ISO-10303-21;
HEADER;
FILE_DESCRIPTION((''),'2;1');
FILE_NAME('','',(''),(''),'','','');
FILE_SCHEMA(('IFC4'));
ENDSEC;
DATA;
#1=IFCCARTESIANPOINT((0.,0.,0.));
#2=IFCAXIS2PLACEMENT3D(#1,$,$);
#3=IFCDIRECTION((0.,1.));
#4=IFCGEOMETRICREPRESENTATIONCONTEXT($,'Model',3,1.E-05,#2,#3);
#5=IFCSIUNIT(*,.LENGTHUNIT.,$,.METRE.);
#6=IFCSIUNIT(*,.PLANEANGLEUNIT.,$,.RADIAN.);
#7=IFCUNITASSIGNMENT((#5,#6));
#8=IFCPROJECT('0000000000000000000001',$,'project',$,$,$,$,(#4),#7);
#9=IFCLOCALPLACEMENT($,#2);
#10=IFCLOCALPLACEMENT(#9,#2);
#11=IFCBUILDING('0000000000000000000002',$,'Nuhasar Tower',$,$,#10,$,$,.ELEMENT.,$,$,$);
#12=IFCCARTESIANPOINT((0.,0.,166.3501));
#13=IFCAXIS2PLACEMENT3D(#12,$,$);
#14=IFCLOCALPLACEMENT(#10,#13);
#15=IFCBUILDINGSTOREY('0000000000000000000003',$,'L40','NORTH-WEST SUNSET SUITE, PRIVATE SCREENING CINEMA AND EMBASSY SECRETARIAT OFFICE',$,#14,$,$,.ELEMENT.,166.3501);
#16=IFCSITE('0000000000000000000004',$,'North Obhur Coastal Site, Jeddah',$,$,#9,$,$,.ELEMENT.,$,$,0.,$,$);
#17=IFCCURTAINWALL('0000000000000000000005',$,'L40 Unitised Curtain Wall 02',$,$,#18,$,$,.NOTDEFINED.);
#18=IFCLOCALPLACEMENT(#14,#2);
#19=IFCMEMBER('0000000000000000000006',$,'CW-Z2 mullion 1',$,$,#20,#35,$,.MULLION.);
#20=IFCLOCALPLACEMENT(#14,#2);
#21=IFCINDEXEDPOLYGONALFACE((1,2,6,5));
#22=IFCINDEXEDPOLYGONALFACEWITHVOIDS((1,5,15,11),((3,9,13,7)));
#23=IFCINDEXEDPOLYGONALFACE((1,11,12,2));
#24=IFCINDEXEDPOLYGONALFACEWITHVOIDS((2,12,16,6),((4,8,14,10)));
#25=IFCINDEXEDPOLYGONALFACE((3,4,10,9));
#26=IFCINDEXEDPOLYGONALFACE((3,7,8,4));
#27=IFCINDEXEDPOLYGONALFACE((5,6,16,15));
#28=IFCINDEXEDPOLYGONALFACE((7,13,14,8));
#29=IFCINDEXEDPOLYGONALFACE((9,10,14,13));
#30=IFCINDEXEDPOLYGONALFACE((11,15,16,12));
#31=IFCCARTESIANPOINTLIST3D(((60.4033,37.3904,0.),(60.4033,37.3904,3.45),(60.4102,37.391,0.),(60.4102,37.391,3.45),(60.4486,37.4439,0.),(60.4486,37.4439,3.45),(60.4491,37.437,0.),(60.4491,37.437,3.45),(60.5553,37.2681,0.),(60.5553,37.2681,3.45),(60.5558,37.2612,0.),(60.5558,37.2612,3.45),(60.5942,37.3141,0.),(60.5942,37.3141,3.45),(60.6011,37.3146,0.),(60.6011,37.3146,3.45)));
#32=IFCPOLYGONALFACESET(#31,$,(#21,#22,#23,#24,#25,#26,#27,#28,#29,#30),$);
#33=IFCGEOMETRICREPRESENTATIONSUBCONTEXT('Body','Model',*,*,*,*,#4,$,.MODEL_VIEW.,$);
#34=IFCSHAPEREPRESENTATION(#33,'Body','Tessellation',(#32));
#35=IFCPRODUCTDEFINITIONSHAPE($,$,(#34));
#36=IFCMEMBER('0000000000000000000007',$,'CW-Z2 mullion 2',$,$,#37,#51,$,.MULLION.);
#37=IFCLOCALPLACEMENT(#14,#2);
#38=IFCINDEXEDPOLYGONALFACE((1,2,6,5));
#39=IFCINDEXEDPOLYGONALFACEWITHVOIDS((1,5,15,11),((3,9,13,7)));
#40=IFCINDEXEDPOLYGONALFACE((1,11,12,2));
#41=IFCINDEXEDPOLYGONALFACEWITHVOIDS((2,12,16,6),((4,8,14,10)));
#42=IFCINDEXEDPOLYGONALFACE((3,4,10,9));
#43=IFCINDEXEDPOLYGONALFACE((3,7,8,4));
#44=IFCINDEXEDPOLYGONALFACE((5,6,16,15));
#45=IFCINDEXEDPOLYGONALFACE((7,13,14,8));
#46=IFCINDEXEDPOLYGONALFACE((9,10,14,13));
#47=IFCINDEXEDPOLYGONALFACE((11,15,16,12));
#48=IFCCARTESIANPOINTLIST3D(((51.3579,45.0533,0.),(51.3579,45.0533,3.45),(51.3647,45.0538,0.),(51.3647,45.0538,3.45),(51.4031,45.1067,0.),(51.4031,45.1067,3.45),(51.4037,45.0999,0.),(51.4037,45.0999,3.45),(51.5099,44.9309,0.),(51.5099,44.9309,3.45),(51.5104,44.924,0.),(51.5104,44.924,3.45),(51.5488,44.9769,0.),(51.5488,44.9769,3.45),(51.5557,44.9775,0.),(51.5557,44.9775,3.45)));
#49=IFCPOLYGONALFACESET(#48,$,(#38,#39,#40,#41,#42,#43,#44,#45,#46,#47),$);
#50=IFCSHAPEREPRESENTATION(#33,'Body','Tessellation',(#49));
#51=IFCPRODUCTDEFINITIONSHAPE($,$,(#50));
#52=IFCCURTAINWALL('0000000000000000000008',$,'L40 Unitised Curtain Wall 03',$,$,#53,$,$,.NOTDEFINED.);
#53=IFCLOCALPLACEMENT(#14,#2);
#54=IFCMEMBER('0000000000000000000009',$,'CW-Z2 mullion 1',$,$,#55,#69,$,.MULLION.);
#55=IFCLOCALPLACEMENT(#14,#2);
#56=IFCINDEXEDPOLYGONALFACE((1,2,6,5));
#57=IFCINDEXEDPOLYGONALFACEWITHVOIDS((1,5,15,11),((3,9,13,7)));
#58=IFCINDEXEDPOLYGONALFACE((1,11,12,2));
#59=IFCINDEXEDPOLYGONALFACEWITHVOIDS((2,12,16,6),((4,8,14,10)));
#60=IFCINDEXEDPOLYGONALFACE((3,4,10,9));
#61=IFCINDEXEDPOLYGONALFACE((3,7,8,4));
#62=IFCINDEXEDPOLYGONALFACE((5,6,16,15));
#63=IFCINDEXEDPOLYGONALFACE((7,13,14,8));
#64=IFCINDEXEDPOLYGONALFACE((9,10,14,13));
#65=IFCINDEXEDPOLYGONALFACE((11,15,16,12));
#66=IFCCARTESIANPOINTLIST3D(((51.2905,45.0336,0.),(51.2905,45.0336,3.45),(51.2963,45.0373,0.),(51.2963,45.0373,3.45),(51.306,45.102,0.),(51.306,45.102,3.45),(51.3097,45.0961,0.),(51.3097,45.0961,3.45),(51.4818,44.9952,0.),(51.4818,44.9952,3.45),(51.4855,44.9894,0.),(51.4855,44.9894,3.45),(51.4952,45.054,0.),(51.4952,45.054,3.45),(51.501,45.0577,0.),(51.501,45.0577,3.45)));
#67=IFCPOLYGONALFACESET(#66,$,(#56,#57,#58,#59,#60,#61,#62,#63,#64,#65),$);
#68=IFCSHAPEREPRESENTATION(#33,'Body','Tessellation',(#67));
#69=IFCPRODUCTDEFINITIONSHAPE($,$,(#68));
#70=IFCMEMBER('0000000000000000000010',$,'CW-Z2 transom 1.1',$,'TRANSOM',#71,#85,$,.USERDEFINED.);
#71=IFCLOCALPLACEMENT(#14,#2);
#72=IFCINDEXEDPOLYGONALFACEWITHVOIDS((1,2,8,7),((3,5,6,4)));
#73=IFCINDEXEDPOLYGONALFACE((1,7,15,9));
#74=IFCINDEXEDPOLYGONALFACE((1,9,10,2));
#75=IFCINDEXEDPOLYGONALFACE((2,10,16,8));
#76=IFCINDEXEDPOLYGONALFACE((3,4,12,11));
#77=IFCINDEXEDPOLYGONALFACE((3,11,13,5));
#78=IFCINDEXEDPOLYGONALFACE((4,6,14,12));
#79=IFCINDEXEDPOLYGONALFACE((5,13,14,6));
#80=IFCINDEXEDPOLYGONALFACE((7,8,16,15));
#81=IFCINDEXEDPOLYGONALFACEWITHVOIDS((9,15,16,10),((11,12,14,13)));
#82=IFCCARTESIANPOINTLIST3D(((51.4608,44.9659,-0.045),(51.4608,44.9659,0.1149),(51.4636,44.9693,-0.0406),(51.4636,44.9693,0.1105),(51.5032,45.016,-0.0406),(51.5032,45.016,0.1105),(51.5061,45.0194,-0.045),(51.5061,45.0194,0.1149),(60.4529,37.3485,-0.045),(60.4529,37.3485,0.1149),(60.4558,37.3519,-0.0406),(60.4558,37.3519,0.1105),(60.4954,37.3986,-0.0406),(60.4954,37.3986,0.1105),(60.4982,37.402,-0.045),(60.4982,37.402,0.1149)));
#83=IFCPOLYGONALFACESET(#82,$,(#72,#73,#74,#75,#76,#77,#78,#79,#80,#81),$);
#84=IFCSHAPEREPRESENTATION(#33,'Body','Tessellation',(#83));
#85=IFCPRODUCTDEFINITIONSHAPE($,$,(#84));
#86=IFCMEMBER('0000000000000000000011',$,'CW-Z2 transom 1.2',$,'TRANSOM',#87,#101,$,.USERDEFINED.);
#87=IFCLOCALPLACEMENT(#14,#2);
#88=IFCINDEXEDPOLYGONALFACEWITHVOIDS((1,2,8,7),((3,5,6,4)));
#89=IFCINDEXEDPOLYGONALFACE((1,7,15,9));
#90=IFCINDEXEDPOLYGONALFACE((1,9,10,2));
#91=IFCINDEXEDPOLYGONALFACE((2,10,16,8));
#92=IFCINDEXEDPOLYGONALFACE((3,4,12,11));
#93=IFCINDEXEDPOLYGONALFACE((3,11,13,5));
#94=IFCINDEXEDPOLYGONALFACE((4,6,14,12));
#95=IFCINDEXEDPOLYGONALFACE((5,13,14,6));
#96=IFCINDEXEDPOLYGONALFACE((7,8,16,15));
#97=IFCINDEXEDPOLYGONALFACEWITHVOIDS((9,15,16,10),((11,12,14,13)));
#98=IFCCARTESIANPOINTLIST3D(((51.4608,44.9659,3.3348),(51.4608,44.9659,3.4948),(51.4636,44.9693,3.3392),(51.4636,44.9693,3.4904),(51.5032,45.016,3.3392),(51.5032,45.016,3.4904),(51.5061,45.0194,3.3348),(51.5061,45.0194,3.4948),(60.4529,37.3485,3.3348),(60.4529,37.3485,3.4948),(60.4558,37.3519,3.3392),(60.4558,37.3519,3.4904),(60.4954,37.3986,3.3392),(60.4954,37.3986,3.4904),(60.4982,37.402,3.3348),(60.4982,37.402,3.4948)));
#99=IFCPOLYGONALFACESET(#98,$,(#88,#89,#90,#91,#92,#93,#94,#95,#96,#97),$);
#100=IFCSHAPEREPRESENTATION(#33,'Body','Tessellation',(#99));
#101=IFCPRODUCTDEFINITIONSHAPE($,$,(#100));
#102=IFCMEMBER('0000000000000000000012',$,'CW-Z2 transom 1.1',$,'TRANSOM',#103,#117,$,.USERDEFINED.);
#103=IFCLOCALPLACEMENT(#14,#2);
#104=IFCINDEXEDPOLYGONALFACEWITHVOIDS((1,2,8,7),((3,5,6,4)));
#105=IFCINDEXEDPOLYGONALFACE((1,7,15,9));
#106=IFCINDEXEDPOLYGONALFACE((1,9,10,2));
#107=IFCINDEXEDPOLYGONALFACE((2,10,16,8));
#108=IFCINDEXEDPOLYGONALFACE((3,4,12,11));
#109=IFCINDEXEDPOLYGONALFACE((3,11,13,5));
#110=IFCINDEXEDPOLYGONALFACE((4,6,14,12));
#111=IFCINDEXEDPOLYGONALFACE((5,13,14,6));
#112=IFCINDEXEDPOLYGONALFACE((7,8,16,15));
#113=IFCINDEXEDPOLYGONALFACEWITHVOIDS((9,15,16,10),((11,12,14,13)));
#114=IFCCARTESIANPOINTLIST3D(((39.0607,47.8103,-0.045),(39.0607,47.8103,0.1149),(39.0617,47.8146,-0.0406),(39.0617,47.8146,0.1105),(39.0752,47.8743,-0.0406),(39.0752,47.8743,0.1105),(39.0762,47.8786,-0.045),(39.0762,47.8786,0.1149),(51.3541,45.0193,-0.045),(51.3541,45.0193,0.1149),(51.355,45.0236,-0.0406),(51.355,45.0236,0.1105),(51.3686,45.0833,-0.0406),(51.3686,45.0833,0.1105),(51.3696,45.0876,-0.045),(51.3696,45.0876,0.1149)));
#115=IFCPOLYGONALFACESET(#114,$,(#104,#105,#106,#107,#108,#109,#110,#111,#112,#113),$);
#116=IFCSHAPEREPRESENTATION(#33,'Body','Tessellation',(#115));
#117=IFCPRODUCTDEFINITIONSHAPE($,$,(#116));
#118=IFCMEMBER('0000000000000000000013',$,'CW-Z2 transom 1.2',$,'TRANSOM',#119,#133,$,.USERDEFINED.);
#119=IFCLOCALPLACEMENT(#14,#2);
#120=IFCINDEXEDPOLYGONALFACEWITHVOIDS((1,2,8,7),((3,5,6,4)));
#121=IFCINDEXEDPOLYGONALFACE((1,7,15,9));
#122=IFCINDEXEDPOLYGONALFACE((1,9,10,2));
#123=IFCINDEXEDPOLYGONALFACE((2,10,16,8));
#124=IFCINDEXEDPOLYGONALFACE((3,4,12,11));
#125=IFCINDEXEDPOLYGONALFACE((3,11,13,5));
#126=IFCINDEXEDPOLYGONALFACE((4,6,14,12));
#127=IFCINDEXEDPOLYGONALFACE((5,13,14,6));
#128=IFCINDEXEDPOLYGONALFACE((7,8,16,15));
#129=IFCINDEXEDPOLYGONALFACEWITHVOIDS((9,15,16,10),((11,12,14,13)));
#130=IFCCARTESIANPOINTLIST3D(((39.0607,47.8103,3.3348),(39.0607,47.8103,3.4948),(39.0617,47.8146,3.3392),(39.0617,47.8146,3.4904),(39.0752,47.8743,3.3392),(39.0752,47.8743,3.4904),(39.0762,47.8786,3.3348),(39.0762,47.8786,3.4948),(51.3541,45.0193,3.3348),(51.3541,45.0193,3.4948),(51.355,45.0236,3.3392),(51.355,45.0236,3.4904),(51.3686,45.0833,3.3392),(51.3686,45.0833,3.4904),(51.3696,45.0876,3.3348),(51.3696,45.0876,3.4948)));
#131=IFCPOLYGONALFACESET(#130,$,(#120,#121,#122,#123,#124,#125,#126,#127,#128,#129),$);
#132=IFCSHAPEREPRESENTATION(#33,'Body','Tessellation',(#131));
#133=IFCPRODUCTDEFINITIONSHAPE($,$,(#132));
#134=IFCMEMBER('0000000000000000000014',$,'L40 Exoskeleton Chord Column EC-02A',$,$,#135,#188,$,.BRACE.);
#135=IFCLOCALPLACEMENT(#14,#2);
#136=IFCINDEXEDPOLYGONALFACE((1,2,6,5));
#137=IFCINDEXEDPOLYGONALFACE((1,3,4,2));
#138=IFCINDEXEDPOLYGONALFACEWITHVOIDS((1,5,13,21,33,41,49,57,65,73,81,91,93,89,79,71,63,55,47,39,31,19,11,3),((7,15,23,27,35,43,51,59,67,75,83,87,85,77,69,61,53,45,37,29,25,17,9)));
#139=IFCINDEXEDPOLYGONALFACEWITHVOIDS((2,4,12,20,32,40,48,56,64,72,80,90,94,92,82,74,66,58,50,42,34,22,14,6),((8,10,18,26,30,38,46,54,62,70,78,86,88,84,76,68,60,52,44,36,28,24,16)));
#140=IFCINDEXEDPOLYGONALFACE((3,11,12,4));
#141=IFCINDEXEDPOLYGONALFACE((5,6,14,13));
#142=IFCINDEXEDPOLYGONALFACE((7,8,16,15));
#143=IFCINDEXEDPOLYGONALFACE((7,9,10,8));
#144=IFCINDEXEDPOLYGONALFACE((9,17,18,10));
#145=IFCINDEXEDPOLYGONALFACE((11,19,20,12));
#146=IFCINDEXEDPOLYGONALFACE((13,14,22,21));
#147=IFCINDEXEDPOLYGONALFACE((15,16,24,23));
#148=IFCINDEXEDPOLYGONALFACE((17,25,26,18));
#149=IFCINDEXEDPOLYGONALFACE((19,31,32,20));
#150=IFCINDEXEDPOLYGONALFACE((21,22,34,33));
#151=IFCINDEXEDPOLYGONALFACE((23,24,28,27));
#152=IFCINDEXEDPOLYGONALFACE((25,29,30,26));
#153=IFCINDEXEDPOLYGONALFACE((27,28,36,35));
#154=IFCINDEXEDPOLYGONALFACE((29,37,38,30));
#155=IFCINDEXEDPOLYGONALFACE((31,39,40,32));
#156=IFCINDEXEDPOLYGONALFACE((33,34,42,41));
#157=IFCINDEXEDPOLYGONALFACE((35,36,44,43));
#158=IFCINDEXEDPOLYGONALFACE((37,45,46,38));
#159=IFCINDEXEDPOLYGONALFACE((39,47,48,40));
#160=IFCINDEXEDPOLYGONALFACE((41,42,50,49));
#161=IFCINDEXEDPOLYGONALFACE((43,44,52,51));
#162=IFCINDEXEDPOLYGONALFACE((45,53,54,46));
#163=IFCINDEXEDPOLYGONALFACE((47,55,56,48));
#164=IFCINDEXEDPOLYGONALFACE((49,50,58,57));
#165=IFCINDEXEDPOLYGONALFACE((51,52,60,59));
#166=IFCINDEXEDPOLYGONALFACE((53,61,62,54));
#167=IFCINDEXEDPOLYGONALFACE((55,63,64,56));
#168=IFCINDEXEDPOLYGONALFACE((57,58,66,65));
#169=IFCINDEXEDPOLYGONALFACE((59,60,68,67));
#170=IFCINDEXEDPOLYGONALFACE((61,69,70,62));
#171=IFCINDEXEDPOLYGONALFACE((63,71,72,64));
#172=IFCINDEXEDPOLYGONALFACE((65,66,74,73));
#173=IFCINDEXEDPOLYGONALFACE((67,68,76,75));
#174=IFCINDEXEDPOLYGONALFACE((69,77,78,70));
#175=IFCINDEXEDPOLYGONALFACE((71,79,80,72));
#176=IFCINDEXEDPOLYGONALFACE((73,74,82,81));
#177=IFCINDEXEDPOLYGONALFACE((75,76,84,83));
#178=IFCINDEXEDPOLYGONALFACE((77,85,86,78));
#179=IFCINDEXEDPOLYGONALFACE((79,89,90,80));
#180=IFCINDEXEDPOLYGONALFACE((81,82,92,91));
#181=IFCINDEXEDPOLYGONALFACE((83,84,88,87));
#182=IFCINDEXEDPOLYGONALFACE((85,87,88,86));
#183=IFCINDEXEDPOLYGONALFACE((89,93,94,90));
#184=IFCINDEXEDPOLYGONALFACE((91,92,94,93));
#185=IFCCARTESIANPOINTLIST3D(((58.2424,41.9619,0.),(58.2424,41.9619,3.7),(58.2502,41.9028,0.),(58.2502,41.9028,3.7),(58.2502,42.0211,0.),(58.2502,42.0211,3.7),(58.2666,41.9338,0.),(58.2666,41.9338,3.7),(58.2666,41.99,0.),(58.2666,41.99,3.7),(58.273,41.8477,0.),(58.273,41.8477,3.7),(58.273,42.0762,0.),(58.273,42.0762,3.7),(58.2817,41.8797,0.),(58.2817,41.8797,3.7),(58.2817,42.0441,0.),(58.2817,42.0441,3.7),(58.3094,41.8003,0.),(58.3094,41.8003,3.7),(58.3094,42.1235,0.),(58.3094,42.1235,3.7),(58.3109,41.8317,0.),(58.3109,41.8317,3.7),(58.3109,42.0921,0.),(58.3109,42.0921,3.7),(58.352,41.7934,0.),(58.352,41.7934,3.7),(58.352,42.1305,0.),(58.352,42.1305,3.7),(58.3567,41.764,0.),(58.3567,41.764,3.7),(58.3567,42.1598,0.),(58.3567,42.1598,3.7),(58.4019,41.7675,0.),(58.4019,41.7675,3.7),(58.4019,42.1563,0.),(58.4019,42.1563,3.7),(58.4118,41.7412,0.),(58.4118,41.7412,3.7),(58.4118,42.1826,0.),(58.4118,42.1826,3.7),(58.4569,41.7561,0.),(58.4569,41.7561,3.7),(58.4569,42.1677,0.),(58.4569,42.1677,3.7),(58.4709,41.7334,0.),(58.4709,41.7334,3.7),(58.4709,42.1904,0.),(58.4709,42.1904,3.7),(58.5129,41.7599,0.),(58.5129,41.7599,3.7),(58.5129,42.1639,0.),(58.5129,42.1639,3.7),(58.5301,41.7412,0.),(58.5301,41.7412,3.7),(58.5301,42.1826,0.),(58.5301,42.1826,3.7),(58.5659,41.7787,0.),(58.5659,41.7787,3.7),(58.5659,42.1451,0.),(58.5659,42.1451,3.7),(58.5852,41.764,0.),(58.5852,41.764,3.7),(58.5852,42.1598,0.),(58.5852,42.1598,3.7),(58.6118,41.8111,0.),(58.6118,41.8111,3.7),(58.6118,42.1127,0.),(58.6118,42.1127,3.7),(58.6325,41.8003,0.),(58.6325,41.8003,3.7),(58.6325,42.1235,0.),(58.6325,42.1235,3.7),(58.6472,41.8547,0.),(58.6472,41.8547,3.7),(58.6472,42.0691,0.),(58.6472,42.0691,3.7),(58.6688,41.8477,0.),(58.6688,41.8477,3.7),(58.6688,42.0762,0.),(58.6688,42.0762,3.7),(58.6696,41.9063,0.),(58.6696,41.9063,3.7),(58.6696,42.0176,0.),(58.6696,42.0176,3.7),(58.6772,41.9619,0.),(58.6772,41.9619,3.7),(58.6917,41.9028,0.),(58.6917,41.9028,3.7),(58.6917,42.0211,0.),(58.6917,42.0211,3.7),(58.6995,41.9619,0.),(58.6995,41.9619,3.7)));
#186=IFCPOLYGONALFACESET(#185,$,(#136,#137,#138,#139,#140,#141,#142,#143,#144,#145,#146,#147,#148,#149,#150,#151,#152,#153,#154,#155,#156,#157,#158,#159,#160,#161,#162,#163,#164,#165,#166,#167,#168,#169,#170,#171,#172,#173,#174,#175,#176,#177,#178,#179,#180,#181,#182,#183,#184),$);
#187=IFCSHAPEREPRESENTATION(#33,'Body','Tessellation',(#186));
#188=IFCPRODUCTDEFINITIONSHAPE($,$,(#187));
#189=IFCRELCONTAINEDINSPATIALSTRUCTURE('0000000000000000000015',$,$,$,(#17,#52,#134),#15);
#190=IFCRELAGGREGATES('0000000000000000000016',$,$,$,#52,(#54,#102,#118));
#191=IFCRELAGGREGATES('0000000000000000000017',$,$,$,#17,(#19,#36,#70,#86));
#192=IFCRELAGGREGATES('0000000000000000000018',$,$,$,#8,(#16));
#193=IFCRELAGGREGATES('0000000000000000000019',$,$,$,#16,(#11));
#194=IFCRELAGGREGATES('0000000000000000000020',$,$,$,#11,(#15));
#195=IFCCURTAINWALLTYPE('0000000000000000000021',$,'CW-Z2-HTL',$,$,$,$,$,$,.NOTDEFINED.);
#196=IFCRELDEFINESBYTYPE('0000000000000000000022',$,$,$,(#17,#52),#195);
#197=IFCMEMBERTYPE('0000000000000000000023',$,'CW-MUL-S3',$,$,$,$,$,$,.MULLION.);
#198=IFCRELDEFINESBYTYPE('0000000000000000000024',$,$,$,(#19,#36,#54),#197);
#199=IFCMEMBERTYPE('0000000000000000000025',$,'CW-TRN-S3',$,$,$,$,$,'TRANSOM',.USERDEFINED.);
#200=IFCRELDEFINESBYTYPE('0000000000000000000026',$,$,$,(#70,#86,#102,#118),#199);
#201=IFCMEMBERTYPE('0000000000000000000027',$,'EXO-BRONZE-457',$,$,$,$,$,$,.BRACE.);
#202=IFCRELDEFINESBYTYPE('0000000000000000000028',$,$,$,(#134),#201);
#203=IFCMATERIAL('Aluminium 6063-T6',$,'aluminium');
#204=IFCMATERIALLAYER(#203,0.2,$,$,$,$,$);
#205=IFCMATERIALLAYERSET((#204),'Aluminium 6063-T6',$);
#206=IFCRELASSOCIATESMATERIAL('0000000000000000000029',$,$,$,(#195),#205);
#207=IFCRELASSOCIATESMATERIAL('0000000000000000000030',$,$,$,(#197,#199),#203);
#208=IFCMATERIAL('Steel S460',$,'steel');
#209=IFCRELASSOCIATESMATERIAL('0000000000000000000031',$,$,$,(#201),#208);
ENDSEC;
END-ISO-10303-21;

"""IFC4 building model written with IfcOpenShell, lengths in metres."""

from ifc_helpers import new_model, si_unit, direction, frame, origin, origin_2d, place, context, subcontext, project, spatial, hollow_rectangle, hollow_circle, extrude, material, layer, layer_set, material_profile, profile_set, type_object, element, aggregate, save


model = new_model("IFC4")

# Units and contexts
model_context = context("Model", 3, precision=1e-05, world=origin(), true_north=direction((0.0, 1.0)))
body_context = subcontext(model_context, "Body", "Model", "MODEL_VIEW")
ifc_project = project(units=[si_unit("LENGTHUNIT", "METRE"), si_unit("PLANEANGLEUNIT", "RADIAN")], contexts=[model_context])

# Site, building, storey
site_placement = place(None, origin())
site = spatial("IfcSite", under=ifc_project, at=site_placement, Name="North Obhur Coastal Site, Jeddah", CompositionType="ELEMENT", RefElevation=0.0)
building_placement = place(site_placement, origin())
building = spatial("IfcBuilding", under=site, at=building_placement, Name="Nuhasar Tower", CompositionType="ELEMENT")
storey_placement = place(building_placement, frame((0.0, 0.0, 166.3501)))
storey = spatial("IfcBuildingStorey", under=building, at=storey_placement, Name="L40", Description="NORTH-WEST SUNSET SUITE, PRIVATE SCREENING CINEMA AND EMBASSY SECRETARIAT OFFICE", CompositionType="ELEMENT", Elevation=166.3501)

# Curtain wall, members
ifc_material_1 = material(Name="Aluminium 6063-T6", Category="aluminium")
ifc_layer_1 = layer(ifc_material_1, 0.2)
ifc_layer_set_1 = layer_set([ifc_layer_1], Name="Aluminium 6063-T6")
curtain_wall_type = type_object("IfcCurtainWallType", Name="CW-Z2-HTL", PredefinedType="NOTDEFINED", material=ifc_layer_set_1)
curtain_wall_1_placement = place(storey_placement, origin())
curtain_wall_1 = element("IfcCurtainWall", 1, at=curtain_wall_1_placement, inside=storey, type_object=curtain_wall_type, Name="L40 Unitised Curtain Wall 02", PredefinedType="NOTDEFINED")
ifc_material_profile_1 = material_profile(ifc_material_1, hollow_rectangle(XDim=0.0701, YDim=0.2, WallThickness=0.0049, at=origin_2d()), Name="CWM-3")
ifc_profile_set_1 = profile_set([ifc_material_profile_1], Name="Aluminium 6063-T6")
member_type_1 = type_object("IfcMemberType", Name="CW-MUL-S3", PredefinedType="MULLION", material=ifc_profile_set_1)
member_1_placement = place(storey_placement, frame((60.5022, 37.3525, 0.0), z_axis=(0.0, 0.0, 1.0), x_axis=(-0.646374, -0.76302, 0.0)))
member_1 = element("IfcMember", 2, at=member_1_placement, type_object=member_type_1, Name="CW-Z2 mullion 1", PredefinedType="MULLION", context=body_context, shape_type="SweptSolid", body=[
    extrude(hollow_rectangle(XDim=0.0701, YDim=0.2, WallThickness=0.0049, at=origin_2d()), origin(), (0.0, 0.0, 1.0), 3.45),
])
member_2_placement = place(storey_placement, frame((51.4568, 45.0154, 0.0), z_axis=(0.0, 0.0, 1.0), x_axis=(-0.646374, -0.76302, 0.0)))
member_2 = element("IfcMember", 3, at=member_2_placement, type_object=member_type_1, Name="CW-Z2 mullion 2", PredefinedType="MULLION", context=body_context, shape_type="SweptSolid", body=[
    extrude(hollow_rectangle(XDim=0.0701, YDim=0.2, WallThickness=0.0049, at=origin_2d()), origin(), (0.0, 0.0, 1.0), 3.45),
])

# Curtain wall, member
curtain_wall_2_placement = place(storey_placement, origin())
curtain_wall_2 = element("IfcCurtainWall", 4, at=curtain_wall_2_placement, inside=storey, type_object=curtain_wall_type, Name="L40 Unitised Curtain Wall 03", PredefinedType="NOTDEFINED")
member_3_placement = place(storey_placement, frame((51.3958, 45.0457, 0.0), z_axis=(0.0, 0.0, 1.0), x_axis=(-0.221397, -0.975184, 0.0)))
member_3 = element("IfcMember", 5, at=member_3_placement, type_object=member_type_1, Name="CW-Z2 mullion 1", PredefinedType="MULLION", context=body_context, shape_type="SweptSolid", body=[
    extrude(hollow_rectangle(XDim=0.0701, YDim=0.2, WallThickness=0.0049, at=origin_2d()), origin(), (0.0, 0.0, 1.0), 3.45),
])

# Members
ifc_material_profile_2 = material_profile(ifc_material_1, hollow_rectangle(XDim=0.0701, YDim=0.1599, WallThickness=0.0044, at=origin_2d()), Name="CWT-3")
ifc_profile_set_2 = profile_set([ifc_material_profile_2], Name="Aluminium 6063-T6")
member_type_2 = type_object("IfcMemberType", Name="CW-TRN-S3", ElementType="TRANSOM", PredefinedType="USERDEFINED", material=ifc_profile_set_2)
member_4_placement = place(storey_placement, frame((60.4756, 37.3752, 0.0349), z_axis=(-0.763024, 0.64637, 0.0), x_axis=(-0.64637, -0.763024, 0.0)))
member_4 = element("IfcMember", 6, at=member_4_placement, type_object=member_type_2, Name="CW-Z2 transom 1.1", ObjectType="TRANSOM", PredefinedType="USERDEFINED", context=body_context, shape_type="SweptSolid", body=[
    extrude(hollow_rectangle(XDim=0.0701, YDim=0.1599, WallThickness=0.0044, at=origin_2d()), origin(), (0.0, 0.0, 1.0), 11.7849),
])
member_5_placement = place(storey_placement, frame((60.4756, 37.3752, 3.4148), z_axis=(-0.763024, 0.64637, 0.0), x_axis=(-0.64637, -0.763024, 0.0)))
member_5 = element("IfcMember", 7, at=member_5_placement, type_object=member_type_2, Name="CW-Z2 transom 1.2", ObjectType="TRANSOM", PredefinedType="USERDEFINED", context=body_context, shape_type="SweptSolid", body=[
    extrude(hollow_rectangle(XDim=0.0701, YDim=0.1599, WallThickness=0.0044, at=origin_2d()), origin(), (0.0, 0.0, 1.0), 11.7849),
])
member_6_placement = place(storey_placement, frame((51.3618, 45.0535, 0.0349), z_axis=(-0.975183, 0.221398, 0.0), x_axis=(-0.221398, -0.975183, 0.0)))
member_6 = element("IfcMember", 8, at=member_6_placement, type_object=member_type_2, Name="CW-Z2 transom 1.1", ObjectType="TRANSOM", PredefinedType="USERDEFINED", context=body_context, shape_type="SweptSolid", body=[
    extrude(hollow_rectangle(XDim=0.0701, YDim=0.1599, WallThickness=0.0044, at=origin_2d()), origin(), (0.0, 0.0, 1.0), 12.6062),
])
member_7_placement = place(storey_placement, frame((51.3618, 45.0535, 3.4148), z_axis=(-0.975183, 0.221398, 0.0), x_axis=(-0.221398, -0.975183, 0.0)))
member_7 = element("IfcMember", 9, at=member_7_placement, type_object=member_type_2, Name="CW-Z2 transom 1.2", ObjectType="TRANSOM", PredefinedType="USERDEFINED", context=body_context, shape_type="SweptSolid", body=[
    extrude(hollow_rectangle(XDim=0.0701, YDim=0.1599, WallThickness=0.0044, at=origin_2d()), origin(), (0.0, 0.0, 1.0), 12.6062),
])
aggregate(curtain_wall_2, [member_3, member_6, member_7])

# Member
ifc_material_2 = material(Name="Steel S460", Category="steel")
ifc_material_profile_3 = material_profile(ifc_material_2, hollow_circle(Radius=0.2285, WallThickness=0.0222, at=origin_2d()), Name="HSS457X22.2")
ifc_profile_set_3 = profile_set([ifc_material_profile_3], Name="Steel S460")
member_type_3 = type_object("IfcMemberType", Name="EXO-BRONZE-457", PredefinedType="BRACE", material=ifc_profile_set_3)
for number, where, z_axis, x_axis, name in (
    (10, (58.4709, 41.9619, 0.0), (0.0, 0.0, 1.0), (1.0, 0.0, 0.0), "L40 Exoskeleton Chord Column EC-02A"),
):
    element("IfcMember", number, at=place(storey_placement, frame(where, z_axis=z_axis, x_axis=x_axis)), inside=storey, type_object=member_type_3, Name=name, PredefinedType="BRACE", context=body_context, shape_type="SweptSolid", body=[
        extrude(hollow_circle(Radius=0.2285, WallThickness=0.0222, at=origin_2d()), origin(), (0.0, 0.0, 1.0), 3.7),
    ])

aggregate(curtain_wall_1, [member_1, member_2, member_4, member_5])

save(model, "model.ifc")
